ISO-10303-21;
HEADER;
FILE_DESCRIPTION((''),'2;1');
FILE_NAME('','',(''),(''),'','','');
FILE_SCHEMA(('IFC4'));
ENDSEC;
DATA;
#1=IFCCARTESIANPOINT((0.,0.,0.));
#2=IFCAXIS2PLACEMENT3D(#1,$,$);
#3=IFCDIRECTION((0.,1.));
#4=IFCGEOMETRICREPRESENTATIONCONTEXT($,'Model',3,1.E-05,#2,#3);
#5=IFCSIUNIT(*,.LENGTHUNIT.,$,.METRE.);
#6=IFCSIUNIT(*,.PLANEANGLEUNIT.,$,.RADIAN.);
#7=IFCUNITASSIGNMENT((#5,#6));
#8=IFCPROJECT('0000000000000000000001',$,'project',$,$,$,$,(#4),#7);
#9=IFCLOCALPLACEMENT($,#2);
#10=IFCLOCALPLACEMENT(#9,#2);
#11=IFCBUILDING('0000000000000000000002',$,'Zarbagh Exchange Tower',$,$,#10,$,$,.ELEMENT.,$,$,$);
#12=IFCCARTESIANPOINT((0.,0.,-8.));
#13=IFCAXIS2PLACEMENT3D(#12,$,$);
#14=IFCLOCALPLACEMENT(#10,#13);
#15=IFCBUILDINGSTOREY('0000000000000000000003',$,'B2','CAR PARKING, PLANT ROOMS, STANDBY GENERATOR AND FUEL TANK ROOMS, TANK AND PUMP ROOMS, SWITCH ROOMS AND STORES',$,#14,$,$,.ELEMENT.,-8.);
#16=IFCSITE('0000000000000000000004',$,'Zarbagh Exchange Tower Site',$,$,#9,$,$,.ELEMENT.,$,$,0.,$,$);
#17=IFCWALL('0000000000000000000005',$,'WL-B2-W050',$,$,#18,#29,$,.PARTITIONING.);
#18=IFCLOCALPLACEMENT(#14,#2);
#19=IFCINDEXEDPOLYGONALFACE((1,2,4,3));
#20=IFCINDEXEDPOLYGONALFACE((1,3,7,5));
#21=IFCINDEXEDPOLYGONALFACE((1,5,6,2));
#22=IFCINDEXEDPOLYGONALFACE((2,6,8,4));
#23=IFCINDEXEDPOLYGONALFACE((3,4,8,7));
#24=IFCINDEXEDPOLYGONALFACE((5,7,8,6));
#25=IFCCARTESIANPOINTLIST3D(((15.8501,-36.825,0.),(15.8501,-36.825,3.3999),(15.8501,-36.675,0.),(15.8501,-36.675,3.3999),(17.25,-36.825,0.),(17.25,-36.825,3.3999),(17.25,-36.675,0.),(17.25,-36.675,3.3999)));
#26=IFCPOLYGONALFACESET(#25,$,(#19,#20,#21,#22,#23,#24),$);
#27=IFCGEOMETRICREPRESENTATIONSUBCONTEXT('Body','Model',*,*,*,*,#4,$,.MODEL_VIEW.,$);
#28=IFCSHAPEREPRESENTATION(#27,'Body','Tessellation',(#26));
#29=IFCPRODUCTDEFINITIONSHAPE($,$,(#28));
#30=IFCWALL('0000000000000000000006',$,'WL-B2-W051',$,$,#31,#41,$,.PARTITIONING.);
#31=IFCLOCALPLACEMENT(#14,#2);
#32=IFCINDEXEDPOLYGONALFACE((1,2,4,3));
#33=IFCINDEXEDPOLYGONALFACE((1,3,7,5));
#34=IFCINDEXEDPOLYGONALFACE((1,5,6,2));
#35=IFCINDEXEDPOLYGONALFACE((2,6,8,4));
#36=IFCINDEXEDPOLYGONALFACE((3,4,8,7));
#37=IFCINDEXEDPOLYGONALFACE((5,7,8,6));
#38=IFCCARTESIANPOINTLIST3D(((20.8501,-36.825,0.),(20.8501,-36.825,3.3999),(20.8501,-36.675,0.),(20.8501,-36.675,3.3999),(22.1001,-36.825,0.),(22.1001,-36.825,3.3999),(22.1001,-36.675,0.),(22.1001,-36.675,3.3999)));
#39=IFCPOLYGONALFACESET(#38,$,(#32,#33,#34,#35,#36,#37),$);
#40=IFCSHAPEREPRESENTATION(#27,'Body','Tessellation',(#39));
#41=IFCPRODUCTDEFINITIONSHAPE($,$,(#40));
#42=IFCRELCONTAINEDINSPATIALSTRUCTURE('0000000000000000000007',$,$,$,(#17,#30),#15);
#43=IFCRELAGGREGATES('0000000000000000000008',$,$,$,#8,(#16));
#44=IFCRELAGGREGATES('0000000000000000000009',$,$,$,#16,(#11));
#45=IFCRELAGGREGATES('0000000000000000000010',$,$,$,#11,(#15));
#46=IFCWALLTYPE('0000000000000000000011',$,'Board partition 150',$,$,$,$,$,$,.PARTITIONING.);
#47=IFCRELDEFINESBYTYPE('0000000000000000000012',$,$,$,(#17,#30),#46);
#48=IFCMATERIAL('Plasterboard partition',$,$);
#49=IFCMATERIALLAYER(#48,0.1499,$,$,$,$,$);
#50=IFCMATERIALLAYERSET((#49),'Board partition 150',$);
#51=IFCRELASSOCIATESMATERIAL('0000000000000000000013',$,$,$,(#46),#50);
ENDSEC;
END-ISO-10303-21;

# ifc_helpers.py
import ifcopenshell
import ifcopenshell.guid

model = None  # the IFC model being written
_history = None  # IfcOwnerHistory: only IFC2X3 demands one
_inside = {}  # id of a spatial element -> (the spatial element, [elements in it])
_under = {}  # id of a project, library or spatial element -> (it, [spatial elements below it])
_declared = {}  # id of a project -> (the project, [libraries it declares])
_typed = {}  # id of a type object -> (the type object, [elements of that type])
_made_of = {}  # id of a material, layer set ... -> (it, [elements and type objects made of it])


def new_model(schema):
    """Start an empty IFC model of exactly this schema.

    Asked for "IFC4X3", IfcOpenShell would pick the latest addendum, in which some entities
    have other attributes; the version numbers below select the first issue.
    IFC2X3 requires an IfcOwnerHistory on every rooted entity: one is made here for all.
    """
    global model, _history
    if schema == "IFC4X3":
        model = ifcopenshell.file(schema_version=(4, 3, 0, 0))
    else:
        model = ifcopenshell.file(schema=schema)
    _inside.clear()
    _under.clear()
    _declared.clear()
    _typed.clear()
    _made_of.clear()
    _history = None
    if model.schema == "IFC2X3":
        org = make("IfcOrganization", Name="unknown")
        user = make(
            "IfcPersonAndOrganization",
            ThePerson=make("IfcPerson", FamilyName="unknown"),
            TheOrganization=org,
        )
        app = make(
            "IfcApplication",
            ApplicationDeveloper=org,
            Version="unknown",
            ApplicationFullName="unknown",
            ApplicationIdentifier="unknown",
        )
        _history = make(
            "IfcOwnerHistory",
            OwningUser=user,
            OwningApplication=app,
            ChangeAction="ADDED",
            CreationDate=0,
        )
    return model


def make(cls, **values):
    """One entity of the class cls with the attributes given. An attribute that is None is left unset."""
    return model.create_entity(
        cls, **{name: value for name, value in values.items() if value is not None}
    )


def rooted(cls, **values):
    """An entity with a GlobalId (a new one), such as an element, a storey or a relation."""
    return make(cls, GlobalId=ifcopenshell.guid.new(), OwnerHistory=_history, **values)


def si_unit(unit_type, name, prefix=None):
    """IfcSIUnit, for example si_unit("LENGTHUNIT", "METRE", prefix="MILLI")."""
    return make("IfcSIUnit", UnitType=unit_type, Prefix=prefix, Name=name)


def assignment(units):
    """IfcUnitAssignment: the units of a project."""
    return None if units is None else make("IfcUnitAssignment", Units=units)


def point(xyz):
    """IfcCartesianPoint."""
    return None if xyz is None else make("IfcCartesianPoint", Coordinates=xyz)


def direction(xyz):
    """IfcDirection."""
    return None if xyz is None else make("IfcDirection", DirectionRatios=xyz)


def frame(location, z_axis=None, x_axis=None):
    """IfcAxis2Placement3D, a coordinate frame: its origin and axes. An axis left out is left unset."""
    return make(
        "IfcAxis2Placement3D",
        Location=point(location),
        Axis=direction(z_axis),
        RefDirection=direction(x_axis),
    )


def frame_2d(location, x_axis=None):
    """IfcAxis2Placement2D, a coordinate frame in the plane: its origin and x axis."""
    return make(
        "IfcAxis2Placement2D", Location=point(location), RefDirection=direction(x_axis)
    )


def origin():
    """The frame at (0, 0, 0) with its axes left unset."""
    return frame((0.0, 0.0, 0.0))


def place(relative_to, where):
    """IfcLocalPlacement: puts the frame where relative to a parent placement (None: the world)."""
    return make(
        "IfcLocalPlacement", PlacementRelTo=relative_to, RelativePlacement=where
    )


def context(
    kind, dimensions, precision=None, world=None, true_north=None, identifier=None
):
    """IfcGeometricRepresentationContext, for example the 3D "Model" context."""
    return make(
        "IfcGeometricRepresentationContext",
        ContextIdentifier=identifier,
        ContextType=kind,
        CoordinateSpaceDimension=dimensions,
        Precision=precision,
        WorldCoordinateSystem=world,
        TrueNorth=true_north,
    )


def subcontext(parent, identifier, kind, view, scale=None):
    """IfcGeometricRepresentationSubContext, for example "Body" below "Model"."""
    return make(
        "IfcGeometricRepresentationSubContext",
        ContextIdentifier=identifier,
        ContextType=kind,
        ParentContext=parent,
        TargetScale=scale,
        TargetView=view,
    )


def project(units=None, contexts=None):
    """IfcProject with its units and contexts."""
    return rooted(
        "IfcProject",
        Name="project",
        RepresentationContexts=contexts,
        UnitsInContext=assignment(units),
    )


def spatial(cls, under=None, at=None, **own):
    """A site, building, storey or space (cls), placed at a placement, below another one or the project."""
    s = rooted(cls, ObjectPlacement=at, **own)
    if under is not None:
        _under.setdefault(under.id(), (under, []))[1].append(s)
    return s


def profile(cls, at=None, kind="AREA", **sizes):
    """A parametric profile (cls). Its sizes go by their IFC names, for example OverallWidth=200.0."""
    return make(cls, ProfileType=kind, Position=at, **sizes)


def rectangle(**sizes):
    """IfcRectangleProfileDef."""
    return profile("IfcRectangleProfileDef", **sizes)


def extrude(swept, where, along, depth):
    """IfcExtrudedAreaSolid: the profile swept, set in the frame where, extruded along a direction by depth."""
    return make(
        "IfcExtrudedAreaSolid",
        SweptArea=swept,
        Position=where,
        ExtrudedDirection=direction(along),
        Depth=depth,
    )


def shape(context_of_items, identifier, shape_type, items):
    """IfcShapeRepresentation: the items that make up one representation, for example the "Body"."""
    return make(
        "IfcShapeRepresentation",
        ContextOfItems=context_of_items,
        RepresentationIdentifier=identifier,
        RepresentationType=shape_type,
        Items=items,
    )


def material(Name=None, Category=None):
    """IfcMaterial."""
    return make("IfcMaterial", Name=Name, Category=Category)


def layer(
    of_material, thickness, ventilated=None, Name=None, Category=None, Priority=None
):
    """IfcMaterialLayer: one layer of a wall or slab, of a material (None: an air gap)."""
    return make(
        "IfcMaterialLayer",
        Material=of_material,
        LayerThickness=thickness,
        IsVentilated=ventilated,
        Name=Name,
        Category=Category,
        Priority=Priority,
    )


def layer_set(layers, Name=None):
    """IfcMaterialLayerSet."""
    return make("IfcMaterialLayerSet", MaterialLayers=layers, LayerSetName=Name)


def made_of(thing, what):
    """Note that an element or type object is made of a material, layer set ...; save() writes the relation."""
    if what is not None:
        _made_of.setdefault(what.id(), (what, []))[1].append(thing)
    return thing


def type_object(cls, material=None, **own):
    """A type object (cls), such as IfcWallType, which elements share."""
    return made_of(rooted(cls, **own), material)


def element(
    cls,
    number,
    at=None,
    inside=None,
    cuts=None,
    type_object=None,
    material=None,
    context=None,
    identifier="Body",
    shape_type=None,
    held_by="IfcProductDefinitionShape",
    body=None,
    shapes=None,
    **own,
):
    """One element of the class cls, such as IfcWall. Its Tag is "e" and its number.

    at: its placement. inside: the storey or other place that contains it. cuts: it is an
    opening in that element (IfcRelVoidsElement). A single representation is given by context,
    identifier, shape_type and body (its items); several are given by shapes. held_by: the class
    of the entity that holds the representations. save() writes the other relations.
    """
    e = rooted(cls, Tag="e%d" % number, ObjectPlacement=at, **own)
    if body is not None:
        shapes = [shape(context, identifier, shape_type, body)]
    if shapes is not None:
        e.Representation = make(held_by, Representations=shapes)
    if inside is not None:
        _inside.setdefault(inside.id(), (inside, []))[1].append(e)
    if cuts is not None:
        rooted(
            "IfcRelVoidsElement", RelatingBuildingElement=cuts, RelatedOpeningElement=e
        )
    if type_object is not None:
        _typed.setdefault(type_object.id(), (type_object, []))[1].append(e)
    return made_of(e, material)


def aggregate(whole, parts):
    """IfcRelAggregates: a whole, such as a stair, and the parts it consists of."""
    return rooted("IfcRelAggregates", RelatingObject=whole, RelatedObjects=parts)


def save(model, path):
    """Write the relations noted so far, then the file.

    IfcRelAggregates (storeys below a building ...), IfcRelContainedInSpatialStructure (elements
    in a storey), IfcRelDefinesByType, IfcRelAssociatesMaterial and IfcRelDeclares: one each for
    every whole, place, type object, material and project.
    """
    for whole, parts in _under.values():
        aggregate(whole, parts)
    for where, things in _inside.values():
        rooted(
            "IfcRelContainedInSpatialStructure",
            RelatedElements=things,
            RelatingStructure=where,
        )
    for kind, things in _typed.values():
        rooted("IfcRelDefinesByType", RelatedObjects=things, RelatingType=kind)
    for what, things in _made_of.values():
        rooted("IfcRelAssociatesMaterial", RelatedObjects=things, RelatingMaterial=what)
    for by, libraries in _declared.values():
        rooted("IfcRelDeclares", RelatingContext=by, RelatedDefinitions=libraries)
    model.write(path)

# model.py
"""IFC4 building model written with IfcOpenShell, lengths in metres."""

from ifc_helpers import new_model, si_unit, direction, frame, frame_2d, origin, place, context, subcontext, project, spatial, rectangle, extrude, material, layer, layer_set, type_object, element, save


model = new_model("IFC4")

# Units and contexts
model_context = context("Model", 3, precision=1e-05, world=origin(), true_north=direction((0.0, 1.0)))
body_context = subcontext(model_context, "Body", "Model", "MODEL_VIEW")
ifc_project = project(units=[si_unit("LENGTHUNIT", "METRE"), si_unit("PLANEANGLEUNIT", "RADIAN")], contexts=[model_context])

# Site, building, storey
site_placement = place(None, origin())
site = spatial("IfcSite", under=ifc_project, at=site_placement, Name="Zarbagh Exchange Tower Site", CompositionType="ELEMENT", RefElevation=0.0)
building_placement = place(site_placement, origin())
building = spatial("IfcBuilding", under=site, at=building_placement, Name="Zarbagh Exchange Tower", CompositionType="ELEMENT")
storey_placement = place(building_placement, frame((0.0, 0.0, -8.0)))
storey = spatial("IfcBuildingStorey", under=building, at=storey_placement, Name="B2", Description="CAR PARKING, PLANT ROOMS, STANDBY GENERATOR AND FUEL TANK ROOMS, TANK AND PUMP ROOMS, SWITCH ROOMS AND STORES", CompositionType="ELEMENT", Elevation=-8.0)

# Walls
ifc_material_1 = material(Name="Plasterboard partition")
ifc_layer_1 = layer(ifc_material_1, 0.1499)
ifc_layer_set_1 = layer_set([ifc_layer_1], Name="Board partition 150")
wall_type = type_object("IfcWallType", Name="Board partition 150", PredefinedType="PARTITIONING", material=ifc_layer_set_1)
wall_1_placement = place(storey_placement, frame((15.8501, -36.75, 0.0), z_axis=(0.0, 0.0, 1.0), x_axis=(1.0, 0.0, 0.0)))
element("IfcWall", 1, at=wall_1_placement, inside=storey, type_object=wall_type, Name="WL-B2-W050", PredefinedType="PARTITIONING", context=body_context, shape_type="SweptSolid", body=[
    extrude(rectangle(XDim=1.3999, YDim=0.1499, at=frame_2d((0.7, 0.0))), origin(), (0.0, 0.0, 1.0), 3.3999),
])
wall_2_placement = place(storey_placement, frame((20.8501, -36.75, 0.0), z_axis=(0.0, 0.0, 1.0), x_axis=(1.0, 0.0, 0.0)))
element("IfcWall", 2, at=wall_2_placement, inside=storey, type_object=wall_type, Name="WL-B2-W051", PredefinedType="PARTITIONING", context=body_context, shape_type="SweptSolid", body=[
    extrude(rectangle(XDim=1.25, YDim=0.1499, at=frame_2d((0.625, 0.0))), origin(), (0.0, 0.0, 1.0), 3.3999),
])

save(model, "model.ifc")
